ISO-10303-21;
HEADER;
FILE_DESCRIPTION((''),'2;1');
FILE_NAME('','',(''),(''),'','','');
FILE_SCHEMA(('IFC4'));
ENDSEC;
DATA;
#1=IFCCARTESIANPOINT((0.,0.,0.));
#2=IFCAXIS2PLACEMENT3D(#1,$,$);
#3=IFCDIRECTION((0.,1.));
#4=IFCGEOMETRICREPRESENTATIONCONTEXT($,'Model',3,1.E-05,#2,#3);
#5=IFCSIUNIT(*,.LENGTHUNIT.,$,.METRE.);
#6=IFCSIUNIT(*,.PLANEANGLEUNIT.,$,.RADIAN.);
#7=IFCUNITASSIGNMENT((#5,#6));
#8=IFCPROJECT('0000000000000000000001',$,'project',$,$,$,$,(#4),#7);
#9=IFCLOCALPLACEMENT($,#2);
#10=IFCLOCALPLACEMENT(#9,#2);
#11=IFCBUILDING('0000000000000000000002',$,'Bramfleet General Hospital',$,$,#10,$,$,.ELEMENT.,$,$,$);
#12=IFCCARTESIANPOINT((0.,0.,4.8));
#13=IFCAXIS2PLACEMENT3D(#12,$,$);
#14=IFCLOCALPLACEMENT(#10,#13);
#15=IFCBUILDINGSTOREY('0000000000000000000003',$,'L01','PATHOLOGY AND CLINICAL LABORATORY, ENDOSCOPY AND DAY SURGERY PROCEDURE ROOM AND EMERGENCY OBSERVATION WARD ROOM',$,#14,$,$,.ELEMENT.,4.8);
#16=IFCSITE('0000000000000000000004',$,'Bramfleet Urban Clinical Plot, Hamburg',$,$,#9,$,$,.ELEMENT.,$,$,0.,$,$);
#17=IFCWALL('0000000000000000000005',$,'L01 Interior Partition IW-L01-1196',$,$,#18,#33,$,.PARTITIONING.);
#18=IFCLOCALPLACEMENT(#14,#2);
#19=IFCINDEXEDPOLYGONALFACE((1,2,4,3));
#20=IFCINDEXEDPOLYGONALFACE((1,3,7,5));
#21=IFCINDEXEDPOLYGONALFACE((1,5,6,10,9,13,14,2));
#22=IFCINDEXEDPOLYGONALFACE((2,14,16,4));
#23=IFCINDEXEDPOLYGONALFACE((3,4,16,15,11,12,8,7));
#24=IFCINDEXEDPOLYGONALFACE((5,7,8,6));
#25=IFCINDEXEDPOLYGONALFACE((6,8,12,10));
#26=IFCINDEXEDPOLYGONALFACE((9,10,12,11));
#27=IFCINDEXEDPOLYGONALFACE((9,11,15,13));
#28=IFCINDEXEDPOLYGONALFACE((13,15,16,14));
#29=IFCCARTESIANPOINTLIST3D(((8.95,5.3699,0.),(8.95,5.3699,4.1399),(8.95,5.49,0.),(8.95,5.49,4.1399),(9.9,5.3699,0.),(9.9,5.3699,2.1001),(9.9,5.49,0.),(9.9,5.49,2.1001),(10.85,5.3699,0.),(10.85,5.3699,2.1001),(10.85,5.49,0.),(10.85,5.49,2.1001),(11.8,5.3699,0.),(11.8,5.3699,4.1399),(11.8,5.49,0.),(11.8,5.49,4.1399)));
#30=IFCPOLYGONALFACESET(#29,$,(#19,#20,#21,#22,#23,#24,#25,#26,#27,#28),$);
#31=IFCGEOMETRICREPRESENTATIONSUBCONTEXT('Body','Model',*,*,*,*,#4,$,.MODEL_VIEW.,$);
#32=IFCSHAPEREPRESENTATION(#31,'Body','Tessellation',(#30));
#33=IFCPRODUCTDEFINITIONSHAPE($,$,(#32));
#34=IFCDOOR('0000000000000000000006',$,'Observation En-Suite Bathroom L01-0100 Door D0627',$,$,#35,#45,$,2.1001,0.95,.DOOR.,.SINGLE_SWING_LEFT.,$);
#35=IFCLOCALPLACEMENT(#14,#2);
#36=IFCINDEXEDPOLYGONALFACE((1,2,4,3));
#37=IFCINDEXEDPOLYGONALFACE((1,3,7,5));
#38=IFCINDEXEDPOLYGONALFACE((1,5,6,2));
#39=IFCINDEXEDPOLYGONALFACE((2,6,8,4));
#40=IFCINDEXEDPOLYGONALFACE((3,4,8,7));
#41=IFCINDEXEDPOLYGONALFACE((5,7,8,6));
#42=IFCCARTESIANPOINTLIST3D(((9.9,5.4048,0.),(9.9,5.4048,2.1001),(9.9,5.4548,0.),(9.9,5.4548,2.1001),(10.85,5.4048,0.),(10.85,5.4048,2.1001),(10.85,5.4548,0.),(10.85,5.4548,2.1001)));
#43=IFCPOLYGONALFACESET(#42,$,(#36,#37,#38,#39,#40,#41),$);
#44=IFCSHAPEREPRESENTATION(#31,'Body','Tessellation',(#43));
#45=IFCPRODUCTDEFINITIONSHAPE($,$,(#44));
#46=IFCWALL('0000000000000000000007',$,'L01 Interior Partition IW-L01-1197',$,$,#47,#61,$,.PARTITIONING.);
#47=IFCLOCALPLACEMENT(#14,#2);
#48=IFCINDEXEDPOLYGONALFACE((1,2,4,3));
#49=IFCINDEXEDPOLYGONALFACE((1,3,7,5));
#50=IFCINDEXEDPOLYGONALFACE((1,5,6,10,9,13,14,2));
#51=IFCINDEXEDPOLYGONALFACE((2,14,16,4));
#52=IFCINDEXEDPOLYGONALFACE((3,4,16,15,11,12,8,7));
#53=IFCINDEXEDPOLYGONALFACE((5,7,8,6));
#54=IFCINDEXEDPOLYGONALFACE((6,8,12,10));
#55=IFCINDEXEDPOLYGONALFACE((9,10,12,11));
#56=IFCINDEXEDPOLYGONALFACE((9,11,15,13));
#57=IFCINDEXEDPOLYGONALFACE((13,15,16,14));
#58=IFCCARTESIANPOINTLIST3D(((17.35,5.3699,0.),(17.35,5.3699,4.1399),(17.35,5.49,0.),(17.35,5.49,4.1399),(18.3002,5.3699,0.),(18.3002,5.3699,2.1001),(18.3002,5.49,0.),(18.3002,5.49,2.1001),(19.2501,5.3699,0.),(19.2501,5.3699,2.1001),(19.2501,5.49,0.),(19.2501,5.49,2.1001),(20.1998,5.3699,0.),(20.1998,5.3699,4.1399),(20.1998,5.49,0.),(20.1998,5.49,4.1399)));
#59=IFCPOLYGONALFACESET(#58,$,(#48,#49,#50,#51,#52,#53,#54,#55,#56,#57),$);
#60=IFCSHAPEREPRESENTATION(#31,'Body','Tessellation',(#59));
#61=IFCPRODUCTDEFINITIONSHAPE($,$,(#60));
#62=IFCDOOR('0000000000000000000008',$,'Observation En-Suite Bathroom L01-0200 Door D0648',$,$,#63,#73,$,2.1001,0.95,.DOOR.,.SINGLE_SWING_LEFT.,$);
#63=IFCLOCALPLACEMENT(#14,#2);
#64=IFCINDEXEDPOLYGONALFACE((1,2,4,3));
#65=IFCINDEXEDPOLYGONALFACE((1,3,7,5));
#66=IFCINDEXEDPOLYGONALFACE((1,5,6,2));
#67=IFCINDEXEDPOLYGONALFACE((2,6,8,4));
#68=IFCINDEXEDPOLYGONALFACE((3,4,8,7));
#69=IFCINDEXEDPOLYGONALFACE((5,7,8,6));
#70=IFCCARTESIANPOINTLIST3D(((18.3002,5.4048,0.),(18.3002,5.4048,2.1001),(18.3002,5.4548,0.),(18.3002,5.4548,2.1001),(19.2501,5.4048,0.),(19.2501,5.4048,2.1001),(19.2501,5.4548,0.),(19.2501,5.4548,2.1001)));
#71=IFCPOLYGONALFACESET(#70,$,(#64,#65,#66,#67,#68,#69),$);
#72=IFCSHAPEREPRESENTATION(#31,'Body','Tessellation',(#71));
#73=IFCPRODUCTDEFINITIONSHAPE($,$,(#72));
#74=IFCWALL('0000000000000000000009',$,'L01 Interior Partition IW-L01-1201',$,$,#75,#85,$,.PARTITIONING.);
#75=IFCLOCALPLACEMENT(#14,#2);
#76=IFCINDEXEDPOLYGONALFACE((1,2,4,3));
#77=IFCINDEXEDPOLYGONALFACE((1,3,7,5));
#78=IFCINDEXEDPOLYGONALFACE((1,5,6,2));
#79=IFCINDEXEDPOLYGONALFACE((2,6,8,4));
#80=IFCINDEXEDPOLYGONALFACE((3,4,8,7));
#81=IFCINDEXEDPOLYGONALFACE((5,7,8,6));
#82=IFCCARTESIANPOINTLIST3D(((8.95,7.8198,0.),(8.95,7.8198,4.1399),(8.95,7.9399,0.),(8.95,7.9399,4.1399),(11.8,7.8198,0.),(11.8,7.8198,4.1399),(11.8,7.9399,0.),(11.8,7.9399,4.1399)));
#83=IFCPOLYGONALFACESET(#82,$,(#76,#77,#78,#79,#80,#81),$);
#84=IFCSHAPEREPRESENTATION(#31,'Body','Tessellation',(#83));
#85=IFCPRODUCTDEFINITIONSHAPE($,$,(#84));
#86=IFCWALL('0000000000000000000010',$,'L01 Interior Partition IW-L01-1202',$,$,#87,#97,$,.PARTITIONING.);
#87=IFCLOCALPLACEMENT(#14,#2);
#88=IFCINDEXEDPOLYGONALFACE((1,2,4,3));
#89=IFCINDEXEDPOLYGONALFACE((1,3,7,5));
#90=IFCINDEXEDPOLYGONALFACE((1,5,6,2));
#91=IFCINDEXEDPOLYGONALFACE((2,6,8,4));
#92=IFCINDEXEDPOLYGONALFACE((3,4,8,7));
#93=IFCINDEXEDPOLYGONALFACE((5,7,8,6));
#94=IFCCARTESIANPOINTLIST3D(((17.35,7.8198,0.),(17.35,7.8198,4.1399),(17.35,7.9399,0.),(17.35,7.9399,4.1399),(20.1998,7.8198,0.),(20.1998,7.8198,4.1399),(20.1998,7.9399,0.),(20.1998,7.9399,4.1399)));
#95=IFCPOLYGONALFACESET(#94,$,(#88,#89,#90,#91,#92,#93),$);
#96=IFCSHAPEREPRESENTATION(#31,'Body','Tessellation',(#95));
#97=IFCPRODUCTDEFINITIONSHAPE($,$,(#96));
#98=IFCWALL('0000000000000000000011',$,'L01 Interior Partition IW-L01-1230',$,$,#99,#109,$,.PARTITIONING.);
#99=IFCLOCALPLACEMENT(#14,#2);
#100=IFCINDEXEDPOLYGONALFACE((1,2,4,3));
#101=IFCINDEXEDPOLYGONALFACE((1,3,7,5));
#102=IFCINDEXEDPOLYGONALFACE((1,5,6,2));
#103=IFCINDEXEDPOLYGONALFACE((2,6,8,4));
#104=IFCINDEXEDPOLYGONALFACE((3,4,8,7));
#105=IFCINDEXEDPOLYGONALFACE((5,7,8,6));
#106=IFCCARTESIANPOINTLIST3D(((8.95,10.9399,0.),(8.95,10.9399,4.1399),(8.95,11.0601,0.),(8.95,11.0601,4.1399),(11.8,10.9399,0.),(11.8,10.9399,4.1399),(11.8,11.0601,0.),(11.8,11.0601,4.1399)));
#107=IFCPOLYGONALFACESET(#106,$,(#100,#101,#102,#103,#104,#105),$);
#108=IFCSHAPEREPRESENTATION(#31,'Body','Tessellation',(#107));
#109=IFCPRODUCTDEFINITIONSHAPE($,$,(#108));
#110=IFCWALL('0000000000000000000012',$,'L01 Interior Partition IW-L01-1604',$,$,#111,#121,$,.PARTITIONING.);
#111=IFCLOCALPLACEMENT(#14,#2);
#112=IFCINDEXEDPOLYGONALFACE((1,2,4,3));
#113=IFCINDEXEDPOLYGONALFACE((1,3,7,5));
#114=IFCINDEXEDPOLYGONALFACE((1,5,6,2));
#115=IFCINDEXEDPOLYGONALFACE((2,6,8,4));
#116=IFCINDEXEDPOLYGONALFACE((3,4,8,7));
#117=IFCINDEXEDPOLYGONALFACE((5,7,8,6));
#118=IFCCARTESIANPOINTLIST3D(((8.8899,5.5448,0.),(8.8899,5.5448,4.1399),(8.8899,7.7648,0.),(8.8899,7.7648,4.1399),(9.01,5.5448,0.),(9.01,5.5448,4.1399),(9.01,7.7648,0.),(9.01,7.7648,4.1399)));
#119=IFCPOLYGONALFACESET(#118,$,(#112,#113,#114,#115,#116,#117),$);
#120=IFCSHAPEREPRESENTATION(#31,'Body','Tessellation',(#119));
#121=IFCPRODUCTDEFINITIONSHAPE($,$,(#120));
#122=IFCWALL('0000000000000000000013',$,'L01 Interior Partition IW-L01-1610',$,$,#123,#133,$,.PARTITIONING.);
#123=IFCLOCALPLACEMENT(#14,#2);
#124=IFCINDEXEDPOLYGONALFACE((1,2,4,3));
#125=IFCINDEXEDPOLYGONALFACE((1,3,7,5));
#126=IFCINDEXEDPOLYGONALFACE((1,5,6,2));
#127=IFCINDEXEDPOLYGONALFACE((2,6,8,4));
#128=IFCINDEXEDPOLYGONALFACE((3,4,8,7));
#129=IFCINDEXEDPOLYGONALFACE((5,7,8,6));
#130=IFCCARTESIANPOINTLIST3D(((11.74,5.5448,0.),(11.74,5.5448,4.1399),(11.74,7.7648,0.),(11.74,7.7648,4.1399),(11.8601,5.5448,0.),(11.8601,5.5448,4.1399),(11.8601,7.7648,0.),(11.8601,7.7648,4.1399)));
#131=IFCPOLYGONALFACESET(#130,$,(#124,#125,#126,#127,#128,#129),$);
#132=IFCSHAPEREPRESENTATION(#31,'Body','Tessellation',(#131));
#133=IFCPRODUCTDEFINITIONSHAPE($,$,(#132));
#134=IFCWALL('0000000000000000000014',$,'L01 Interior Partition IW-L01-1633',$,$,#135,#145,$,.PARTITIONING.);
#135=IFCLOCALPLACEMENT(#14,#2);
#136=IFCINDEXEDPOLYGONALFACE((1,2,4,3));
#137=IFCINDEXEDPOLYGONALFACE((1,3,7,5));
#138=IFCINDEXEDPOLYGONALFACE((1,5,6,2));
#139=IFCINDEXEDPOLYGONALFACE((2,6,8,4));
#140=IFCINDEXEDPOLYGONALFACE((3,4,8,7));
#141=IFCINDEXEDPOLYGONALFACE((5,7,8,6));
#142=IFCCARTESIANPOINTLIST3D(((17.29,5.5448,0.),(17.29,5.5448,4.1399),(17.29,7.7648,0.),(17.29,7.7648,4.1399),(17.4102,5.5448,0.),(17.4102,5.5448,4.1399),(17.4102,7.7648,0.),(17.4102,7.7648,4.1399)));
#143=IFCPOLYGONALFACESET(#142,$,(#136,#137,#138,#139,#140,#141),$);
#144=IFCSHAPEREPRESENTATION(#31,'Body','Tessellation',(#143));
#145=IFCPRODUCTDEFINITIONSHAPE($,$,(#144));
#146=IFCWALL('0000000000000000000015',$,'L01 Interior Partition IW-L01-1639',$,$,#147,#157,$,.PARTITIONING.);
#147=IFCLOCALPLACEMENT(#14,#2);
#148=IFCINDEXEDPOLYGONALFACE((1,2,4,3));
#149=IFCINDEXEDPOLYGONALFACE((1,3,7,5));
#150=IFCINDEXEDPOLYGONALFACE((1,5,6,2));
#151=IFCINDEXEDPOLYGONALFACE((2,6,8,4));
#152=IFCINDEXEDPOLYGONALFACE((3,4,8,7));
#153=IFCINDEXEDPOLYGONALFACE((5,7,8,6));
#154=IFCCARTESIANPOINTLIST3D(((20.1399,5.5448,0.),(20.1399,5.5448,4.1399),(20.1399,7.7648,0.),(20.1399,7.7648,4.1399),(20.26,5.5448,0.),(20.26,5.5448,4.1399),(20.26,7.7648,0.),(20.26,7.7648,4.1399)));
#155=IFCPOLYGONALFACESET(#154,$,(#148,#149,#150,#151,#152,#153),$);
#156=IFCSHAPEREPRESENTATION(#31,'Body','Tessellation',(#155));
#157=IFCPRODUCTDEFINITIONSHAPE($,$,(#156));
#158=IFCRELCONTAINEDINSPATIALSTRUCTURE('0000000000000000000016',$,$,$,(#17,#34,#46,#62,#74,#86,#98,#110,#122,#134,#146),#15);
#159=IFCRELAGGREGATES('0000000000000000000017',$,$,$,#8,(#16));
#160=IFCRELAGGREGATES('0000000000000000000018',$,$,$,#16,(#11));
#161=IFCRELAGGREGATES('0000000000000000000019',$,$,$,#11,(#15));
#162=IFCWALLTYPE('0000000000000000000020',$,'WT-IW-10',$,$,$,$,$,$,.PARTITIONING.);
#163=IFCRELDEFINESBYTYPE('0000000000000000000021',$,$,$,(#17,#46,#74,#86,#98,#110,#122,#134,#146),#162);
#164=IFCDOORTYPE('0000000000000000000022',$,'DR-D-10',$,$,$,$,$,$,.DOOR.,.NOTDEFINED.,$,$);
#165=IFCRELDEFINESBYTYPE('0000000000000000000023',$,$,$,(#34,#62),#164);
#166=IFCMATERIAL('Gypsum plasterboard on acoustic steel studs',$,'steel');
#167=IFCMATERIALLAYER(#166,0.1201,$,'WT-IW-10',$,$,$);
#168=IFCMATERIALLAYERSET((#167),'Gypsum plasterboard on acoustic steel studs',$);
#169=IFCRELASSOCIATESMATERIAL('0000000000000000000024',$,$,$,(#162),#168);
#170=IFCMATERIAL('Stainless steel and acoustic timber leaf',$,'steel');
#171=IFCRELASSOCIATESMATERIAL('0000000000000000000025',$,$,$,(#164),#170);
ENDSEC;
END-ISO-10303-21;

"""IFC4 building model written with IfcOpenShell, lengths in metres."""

from ifc_helpers import new_model, si_unit, direction, frame, frame_2d, origin, place, context, subcontext, project, spatial, rectangle, extrude, material, layer, layer_set, type_object, element, fill, save


model = new_model("IFC4")

# Units and contexts
model_context = context("Model", 3, precision=1e-05, world=origin(), true_north=direction((0.0, 1.0)))
body_context = subcontext(model_context, "Body", "Model", "MODEL_VIEW")
ifc_project = project(units=[si_unit("LENGTHUNIT", "METRE"), si_unit("PLANEANGLEUNIT", "RADIAN")], contexts=[model_context])

# Site, building, storey
site_placement = place(None, origin())
site = spatial("IfcSite", under=ifc_project, at=site_placement, Name="Bramfleet Urban Clinical Plot, Hamburg", CompositionType="ELEMENT", RefElevation=0.0)
building_placement = place(site_placement, origin())
building = spatial("IfcBuilding", under=site, at=building_placement, Name="Bramfleet General Hospital", CompositionType="ELEMENT")
storey_placement = place(building_placement, frame((0.0, 0.0, 4.8)))
storey = spatial("IfcBuildingStorey", under=building, at=storey_placement, Name="L01", Description="PATHOLOGY AND CLINICAL LABORATORY, ENDOSCOPY AND DAY SURGERY PROCEDURE ROOM AND EMERGENCY OBSERVATION WARD ROOM", CompositionType="ELEMENT", Elevation=4.8)

# Walls, openings, doors
ifc_material_1 = material(Name="Gypsum plasterboard on acoustic steel studs", Category="steel")
ifc_material_2 = material(Name="Stainless steel and acoustic timber leaf", Category="steel")
ifc_layer_1 = layer(ifc_material_1, 0.1201, Name="WT-IW-10")
ifc_layer_set_1 = layer_set([ifc_layer_1], Name="Gypsum plasterboard on acoustic steel studs")
wall_type_1 = type_object("IfcWallType", Name="WT-IW-10", PredefinedType="PARTITIONING", material=ifc_layer_set_1)
wall_1_placement = place(storey_placement, frame((8.95, 5.4299, 0.0), z_axis=(0.0, 0.0, 1.0), x_axis=(1.0, 0.0, 0.0)))
wall_1 = element("IfcWall", 1, at=wall_1_placement, inside=storey, type_object=wall_type_1, Name="L01 Interior Partition IW-L01-1196", PredefinedType="PARTITIONING", context=body_context, shape_type="SweptSolid", body=[
    extrude(rectangle(XDim=2.8501, YDim=0.1201, at=frame_2d((1.425, 0.0))), origin(), (0.0, 0.0, 1.0), 4.1399),
])
opening_1_placement = place(wall_1_placement, frame((0.95, 0.0, 0.0)))
opening_1 = element("IfcOpeningElement", 2, at=opening_1_placement, cuts=wall_1, PredefinedType="OPENING", context=body_context, shape_type="SweptSolid", body=[
    extrude(rectangle(XDim=0.95, YDim=2.1001, at=frame_2d((0.4751, 1.05))), frame((0.0, 0.0701, 0.0), z_axis=(0.0, -1.0, 0.0), x_axis=(1.0, 0.0, 0.0)), (0.0, 0.0, 1.0), 0.1401),
])
door_type_1 = type_object("IfcDoorType", Name="DR-D-10", OperationType="NOTDEFINED", PredefinedType="DOOR", material=ifc_material_2)
door_1_placement = place(opening_1_placement, origin())
door_1 = element("IfcDoor", 3, at=door_1_placement, inside=storey, type_object=door_type_1, Name="Observation En-Suite Bathroom L01-0100 Door D0627", OperationType="SINGLE_SWING_LEFT", OverallHeight=2.1001, OverallWidth=0.95, PredefinedType="DOOR", context=body_context, shape_type="SweptSolid", body=[
    extrude(rectangle(XDim=0.95, YDim=2.1001, at=frame_2d((0.4751, 1.05))), frame((0.0, 0.0249, 0.0), z_axis=(0.0, -1.0, 0.0), x_axis=(1.0, 0.0, 0.0)), (0.0, 0.0, 1.0), 0.05),
])
fill(opening_1, door_1)
wall_2_placement = place(storey_placement, frame((17.3501, 5.4299, 0.0), z_axis=(0.0, 0.0, 1.0), x_axis=(1.0, 0.0, 0.0)))
wall_2 = element("IfcWall", 4, at=wall_2_placement, inside=storey, type_object=wall_type_1, Name="L01 Interior Partition IW-L01-1197", PredefinedType="PARTITIONING", context=body_context, shape_type="SweptSolid", body=[
    extrude(rectangle(XDim=2.8499, YDim=0.1201, at=frame_2d((1.4248, 0.0))), origin(), (0.0, 0.0, 1.0), 4.1399),
])
opening_2_placement = place(wall_2_placement, frame((0.95, 0.0, 0.0)))
opening_2 = element("IfcOpeningElement", 5, at=opening_2_placement, cuts=wall_2, PredefinedType="OPENING", context=body_context, shape_type="SweptSolid", body=[
    extrude(rectangle(XDim=0.95, YDim=2.1001, at=frame_2d((0.4751, 1.05))), frame((0.0, 0.0701, 0.0), z_axis=(0.0, -1.0, 0.0), x_axis=(1.0, 0.0, 0.0)), (0.0, 0.0, 1.0), 0.1401),
])
door_2_placement = place(opening_2_placement, origin())
door_2 = element("IfcDoor", 6, at=door_2_placement, inside=storey, type_object=door_type_1, Name="Observation En-Suite Bathroom L01-0200 Door D0648", OperationType="SINGLE_SWING_LEFT", OverallHeight=2.1001, OverallWidth=0.95, PredefinedType="DOOR", context=body_context, shape_type="SweptSolid", body=[
    extrude(rectangle(XDim=0.95, YDim=2.1001, at=frame_2d((0.4751, 1.05))), frame((0.0, 0.0249, 0.0), z_axis=(0.0, -1.0, 0.0), x_axis=(1.0, 0.0, 0.0)), (0.0, 0.0, 1.0), 0.05),
])
fill(opening_2, door_2)

# Walls
wall_3_placement = place(storey_placement, frame((8.95, 7.8799, 0.0), z_axis=(0.0, 0.0, 1.0), x_axis=(1.0, 0.0, 0.0)))
element("IfcWall", 7, at=wall_3_placement, inside=storey, type_object=wall_type_1, Name="L01 Interior Partition IW-L01-1201", PredefinedType="PARTITIONING", context=body_context, shape_type="SweptSolid", body=[
    extrude(rectangle(XDim=2.8501, YDim=0.1201, at=frame_2d((1.425, 0.0))), origin(), (0.0, 0.0, 1.0), 4.1399),
])
wall_4_placement = place(storey_placement, frame((17.3501, 7.8799, 0.0), z_axis=(0.0, 0.0, 1.0), x_axis=(1.0, 0.0, 0.0)))
element("IfcWall", 8, at=wall_4_placement, inside=storey, type_object=wall_type_1, Name="L01 Interior Partition IW-L01-1202", PredefinedType="PARTITIONING", context=body_context, shape_type="SweptSolid", body=[
    extrude(rectangle(XDim=2.8499, YDim=0.1201, at=frame_2d((1.4248, 0.0))), origin(), (0.0, 0.0, 1.0), 4.1399),
])
wall_5_placement = place(storey_placement, frame((8.95, 11.0, 0.0), z_axis=(0.0, 0.0, 1.0), x_axis=(1.0, 0.0, 0.0)))
element("IfcWall", 9, at=wall_5_placement, inside=storey, type_object=wall_type_1, Name="L01 Interior Partition IW-L01-1230", PredefinedType="PARTITIONING", context=body_context, shape_type="SweptSolid", body=[
    extrude(rectangle(XDim=2.8501, YDim=0.1201, at=frame_2d((1.425, 0.0))), origin(), (0.0, 0.0, 1.0), 4.1399),
])
for number, where, z_axis, x_axis, name in (
    (10, (8.95, 5.5449, 0.0), (0.0, 0.0, 1.0), (0.0, 1.0, 0.0), "L01 Interior Partition IW-L01-1604"),
    (11, (11.8, 5.5449, 0.0), (0.0, 0.0, 1.0), (0.0, 1.0, 0.0), "L01 Interior Partition IW-L01-1610"),
    (12, (17.3501, 5.5449, 0.0), (0.0, 0.0, 1.0), (0.0, 1.0, 0.0), "L01 Interior Partition IW-L01-1633"),
    (13, (20.2, 5.5449, 0.0), (0.0, 0.0, 1.0), (0.0, 1.0, 0.0), "L01 Interior Partition IW-L01-1639"),
):
    element("IfcWall", number, at=place(storey_placement, frame(where, z_axis=z_axis, x_axis=x_axis)), inside=storey, type_object=wall_type_1, Name=name, PredefinedType="PARTITIONING", context=body_context, shape_type="SweptSolid", body=[
        extrude(rectangle(XDim=2.22, YDim=0.1201, at=frame_2d((1.1099, 0.0))), origin(), (0.0, 0.0, 1.0), 4.1399),
    ])

save(model, "model.ifc")
